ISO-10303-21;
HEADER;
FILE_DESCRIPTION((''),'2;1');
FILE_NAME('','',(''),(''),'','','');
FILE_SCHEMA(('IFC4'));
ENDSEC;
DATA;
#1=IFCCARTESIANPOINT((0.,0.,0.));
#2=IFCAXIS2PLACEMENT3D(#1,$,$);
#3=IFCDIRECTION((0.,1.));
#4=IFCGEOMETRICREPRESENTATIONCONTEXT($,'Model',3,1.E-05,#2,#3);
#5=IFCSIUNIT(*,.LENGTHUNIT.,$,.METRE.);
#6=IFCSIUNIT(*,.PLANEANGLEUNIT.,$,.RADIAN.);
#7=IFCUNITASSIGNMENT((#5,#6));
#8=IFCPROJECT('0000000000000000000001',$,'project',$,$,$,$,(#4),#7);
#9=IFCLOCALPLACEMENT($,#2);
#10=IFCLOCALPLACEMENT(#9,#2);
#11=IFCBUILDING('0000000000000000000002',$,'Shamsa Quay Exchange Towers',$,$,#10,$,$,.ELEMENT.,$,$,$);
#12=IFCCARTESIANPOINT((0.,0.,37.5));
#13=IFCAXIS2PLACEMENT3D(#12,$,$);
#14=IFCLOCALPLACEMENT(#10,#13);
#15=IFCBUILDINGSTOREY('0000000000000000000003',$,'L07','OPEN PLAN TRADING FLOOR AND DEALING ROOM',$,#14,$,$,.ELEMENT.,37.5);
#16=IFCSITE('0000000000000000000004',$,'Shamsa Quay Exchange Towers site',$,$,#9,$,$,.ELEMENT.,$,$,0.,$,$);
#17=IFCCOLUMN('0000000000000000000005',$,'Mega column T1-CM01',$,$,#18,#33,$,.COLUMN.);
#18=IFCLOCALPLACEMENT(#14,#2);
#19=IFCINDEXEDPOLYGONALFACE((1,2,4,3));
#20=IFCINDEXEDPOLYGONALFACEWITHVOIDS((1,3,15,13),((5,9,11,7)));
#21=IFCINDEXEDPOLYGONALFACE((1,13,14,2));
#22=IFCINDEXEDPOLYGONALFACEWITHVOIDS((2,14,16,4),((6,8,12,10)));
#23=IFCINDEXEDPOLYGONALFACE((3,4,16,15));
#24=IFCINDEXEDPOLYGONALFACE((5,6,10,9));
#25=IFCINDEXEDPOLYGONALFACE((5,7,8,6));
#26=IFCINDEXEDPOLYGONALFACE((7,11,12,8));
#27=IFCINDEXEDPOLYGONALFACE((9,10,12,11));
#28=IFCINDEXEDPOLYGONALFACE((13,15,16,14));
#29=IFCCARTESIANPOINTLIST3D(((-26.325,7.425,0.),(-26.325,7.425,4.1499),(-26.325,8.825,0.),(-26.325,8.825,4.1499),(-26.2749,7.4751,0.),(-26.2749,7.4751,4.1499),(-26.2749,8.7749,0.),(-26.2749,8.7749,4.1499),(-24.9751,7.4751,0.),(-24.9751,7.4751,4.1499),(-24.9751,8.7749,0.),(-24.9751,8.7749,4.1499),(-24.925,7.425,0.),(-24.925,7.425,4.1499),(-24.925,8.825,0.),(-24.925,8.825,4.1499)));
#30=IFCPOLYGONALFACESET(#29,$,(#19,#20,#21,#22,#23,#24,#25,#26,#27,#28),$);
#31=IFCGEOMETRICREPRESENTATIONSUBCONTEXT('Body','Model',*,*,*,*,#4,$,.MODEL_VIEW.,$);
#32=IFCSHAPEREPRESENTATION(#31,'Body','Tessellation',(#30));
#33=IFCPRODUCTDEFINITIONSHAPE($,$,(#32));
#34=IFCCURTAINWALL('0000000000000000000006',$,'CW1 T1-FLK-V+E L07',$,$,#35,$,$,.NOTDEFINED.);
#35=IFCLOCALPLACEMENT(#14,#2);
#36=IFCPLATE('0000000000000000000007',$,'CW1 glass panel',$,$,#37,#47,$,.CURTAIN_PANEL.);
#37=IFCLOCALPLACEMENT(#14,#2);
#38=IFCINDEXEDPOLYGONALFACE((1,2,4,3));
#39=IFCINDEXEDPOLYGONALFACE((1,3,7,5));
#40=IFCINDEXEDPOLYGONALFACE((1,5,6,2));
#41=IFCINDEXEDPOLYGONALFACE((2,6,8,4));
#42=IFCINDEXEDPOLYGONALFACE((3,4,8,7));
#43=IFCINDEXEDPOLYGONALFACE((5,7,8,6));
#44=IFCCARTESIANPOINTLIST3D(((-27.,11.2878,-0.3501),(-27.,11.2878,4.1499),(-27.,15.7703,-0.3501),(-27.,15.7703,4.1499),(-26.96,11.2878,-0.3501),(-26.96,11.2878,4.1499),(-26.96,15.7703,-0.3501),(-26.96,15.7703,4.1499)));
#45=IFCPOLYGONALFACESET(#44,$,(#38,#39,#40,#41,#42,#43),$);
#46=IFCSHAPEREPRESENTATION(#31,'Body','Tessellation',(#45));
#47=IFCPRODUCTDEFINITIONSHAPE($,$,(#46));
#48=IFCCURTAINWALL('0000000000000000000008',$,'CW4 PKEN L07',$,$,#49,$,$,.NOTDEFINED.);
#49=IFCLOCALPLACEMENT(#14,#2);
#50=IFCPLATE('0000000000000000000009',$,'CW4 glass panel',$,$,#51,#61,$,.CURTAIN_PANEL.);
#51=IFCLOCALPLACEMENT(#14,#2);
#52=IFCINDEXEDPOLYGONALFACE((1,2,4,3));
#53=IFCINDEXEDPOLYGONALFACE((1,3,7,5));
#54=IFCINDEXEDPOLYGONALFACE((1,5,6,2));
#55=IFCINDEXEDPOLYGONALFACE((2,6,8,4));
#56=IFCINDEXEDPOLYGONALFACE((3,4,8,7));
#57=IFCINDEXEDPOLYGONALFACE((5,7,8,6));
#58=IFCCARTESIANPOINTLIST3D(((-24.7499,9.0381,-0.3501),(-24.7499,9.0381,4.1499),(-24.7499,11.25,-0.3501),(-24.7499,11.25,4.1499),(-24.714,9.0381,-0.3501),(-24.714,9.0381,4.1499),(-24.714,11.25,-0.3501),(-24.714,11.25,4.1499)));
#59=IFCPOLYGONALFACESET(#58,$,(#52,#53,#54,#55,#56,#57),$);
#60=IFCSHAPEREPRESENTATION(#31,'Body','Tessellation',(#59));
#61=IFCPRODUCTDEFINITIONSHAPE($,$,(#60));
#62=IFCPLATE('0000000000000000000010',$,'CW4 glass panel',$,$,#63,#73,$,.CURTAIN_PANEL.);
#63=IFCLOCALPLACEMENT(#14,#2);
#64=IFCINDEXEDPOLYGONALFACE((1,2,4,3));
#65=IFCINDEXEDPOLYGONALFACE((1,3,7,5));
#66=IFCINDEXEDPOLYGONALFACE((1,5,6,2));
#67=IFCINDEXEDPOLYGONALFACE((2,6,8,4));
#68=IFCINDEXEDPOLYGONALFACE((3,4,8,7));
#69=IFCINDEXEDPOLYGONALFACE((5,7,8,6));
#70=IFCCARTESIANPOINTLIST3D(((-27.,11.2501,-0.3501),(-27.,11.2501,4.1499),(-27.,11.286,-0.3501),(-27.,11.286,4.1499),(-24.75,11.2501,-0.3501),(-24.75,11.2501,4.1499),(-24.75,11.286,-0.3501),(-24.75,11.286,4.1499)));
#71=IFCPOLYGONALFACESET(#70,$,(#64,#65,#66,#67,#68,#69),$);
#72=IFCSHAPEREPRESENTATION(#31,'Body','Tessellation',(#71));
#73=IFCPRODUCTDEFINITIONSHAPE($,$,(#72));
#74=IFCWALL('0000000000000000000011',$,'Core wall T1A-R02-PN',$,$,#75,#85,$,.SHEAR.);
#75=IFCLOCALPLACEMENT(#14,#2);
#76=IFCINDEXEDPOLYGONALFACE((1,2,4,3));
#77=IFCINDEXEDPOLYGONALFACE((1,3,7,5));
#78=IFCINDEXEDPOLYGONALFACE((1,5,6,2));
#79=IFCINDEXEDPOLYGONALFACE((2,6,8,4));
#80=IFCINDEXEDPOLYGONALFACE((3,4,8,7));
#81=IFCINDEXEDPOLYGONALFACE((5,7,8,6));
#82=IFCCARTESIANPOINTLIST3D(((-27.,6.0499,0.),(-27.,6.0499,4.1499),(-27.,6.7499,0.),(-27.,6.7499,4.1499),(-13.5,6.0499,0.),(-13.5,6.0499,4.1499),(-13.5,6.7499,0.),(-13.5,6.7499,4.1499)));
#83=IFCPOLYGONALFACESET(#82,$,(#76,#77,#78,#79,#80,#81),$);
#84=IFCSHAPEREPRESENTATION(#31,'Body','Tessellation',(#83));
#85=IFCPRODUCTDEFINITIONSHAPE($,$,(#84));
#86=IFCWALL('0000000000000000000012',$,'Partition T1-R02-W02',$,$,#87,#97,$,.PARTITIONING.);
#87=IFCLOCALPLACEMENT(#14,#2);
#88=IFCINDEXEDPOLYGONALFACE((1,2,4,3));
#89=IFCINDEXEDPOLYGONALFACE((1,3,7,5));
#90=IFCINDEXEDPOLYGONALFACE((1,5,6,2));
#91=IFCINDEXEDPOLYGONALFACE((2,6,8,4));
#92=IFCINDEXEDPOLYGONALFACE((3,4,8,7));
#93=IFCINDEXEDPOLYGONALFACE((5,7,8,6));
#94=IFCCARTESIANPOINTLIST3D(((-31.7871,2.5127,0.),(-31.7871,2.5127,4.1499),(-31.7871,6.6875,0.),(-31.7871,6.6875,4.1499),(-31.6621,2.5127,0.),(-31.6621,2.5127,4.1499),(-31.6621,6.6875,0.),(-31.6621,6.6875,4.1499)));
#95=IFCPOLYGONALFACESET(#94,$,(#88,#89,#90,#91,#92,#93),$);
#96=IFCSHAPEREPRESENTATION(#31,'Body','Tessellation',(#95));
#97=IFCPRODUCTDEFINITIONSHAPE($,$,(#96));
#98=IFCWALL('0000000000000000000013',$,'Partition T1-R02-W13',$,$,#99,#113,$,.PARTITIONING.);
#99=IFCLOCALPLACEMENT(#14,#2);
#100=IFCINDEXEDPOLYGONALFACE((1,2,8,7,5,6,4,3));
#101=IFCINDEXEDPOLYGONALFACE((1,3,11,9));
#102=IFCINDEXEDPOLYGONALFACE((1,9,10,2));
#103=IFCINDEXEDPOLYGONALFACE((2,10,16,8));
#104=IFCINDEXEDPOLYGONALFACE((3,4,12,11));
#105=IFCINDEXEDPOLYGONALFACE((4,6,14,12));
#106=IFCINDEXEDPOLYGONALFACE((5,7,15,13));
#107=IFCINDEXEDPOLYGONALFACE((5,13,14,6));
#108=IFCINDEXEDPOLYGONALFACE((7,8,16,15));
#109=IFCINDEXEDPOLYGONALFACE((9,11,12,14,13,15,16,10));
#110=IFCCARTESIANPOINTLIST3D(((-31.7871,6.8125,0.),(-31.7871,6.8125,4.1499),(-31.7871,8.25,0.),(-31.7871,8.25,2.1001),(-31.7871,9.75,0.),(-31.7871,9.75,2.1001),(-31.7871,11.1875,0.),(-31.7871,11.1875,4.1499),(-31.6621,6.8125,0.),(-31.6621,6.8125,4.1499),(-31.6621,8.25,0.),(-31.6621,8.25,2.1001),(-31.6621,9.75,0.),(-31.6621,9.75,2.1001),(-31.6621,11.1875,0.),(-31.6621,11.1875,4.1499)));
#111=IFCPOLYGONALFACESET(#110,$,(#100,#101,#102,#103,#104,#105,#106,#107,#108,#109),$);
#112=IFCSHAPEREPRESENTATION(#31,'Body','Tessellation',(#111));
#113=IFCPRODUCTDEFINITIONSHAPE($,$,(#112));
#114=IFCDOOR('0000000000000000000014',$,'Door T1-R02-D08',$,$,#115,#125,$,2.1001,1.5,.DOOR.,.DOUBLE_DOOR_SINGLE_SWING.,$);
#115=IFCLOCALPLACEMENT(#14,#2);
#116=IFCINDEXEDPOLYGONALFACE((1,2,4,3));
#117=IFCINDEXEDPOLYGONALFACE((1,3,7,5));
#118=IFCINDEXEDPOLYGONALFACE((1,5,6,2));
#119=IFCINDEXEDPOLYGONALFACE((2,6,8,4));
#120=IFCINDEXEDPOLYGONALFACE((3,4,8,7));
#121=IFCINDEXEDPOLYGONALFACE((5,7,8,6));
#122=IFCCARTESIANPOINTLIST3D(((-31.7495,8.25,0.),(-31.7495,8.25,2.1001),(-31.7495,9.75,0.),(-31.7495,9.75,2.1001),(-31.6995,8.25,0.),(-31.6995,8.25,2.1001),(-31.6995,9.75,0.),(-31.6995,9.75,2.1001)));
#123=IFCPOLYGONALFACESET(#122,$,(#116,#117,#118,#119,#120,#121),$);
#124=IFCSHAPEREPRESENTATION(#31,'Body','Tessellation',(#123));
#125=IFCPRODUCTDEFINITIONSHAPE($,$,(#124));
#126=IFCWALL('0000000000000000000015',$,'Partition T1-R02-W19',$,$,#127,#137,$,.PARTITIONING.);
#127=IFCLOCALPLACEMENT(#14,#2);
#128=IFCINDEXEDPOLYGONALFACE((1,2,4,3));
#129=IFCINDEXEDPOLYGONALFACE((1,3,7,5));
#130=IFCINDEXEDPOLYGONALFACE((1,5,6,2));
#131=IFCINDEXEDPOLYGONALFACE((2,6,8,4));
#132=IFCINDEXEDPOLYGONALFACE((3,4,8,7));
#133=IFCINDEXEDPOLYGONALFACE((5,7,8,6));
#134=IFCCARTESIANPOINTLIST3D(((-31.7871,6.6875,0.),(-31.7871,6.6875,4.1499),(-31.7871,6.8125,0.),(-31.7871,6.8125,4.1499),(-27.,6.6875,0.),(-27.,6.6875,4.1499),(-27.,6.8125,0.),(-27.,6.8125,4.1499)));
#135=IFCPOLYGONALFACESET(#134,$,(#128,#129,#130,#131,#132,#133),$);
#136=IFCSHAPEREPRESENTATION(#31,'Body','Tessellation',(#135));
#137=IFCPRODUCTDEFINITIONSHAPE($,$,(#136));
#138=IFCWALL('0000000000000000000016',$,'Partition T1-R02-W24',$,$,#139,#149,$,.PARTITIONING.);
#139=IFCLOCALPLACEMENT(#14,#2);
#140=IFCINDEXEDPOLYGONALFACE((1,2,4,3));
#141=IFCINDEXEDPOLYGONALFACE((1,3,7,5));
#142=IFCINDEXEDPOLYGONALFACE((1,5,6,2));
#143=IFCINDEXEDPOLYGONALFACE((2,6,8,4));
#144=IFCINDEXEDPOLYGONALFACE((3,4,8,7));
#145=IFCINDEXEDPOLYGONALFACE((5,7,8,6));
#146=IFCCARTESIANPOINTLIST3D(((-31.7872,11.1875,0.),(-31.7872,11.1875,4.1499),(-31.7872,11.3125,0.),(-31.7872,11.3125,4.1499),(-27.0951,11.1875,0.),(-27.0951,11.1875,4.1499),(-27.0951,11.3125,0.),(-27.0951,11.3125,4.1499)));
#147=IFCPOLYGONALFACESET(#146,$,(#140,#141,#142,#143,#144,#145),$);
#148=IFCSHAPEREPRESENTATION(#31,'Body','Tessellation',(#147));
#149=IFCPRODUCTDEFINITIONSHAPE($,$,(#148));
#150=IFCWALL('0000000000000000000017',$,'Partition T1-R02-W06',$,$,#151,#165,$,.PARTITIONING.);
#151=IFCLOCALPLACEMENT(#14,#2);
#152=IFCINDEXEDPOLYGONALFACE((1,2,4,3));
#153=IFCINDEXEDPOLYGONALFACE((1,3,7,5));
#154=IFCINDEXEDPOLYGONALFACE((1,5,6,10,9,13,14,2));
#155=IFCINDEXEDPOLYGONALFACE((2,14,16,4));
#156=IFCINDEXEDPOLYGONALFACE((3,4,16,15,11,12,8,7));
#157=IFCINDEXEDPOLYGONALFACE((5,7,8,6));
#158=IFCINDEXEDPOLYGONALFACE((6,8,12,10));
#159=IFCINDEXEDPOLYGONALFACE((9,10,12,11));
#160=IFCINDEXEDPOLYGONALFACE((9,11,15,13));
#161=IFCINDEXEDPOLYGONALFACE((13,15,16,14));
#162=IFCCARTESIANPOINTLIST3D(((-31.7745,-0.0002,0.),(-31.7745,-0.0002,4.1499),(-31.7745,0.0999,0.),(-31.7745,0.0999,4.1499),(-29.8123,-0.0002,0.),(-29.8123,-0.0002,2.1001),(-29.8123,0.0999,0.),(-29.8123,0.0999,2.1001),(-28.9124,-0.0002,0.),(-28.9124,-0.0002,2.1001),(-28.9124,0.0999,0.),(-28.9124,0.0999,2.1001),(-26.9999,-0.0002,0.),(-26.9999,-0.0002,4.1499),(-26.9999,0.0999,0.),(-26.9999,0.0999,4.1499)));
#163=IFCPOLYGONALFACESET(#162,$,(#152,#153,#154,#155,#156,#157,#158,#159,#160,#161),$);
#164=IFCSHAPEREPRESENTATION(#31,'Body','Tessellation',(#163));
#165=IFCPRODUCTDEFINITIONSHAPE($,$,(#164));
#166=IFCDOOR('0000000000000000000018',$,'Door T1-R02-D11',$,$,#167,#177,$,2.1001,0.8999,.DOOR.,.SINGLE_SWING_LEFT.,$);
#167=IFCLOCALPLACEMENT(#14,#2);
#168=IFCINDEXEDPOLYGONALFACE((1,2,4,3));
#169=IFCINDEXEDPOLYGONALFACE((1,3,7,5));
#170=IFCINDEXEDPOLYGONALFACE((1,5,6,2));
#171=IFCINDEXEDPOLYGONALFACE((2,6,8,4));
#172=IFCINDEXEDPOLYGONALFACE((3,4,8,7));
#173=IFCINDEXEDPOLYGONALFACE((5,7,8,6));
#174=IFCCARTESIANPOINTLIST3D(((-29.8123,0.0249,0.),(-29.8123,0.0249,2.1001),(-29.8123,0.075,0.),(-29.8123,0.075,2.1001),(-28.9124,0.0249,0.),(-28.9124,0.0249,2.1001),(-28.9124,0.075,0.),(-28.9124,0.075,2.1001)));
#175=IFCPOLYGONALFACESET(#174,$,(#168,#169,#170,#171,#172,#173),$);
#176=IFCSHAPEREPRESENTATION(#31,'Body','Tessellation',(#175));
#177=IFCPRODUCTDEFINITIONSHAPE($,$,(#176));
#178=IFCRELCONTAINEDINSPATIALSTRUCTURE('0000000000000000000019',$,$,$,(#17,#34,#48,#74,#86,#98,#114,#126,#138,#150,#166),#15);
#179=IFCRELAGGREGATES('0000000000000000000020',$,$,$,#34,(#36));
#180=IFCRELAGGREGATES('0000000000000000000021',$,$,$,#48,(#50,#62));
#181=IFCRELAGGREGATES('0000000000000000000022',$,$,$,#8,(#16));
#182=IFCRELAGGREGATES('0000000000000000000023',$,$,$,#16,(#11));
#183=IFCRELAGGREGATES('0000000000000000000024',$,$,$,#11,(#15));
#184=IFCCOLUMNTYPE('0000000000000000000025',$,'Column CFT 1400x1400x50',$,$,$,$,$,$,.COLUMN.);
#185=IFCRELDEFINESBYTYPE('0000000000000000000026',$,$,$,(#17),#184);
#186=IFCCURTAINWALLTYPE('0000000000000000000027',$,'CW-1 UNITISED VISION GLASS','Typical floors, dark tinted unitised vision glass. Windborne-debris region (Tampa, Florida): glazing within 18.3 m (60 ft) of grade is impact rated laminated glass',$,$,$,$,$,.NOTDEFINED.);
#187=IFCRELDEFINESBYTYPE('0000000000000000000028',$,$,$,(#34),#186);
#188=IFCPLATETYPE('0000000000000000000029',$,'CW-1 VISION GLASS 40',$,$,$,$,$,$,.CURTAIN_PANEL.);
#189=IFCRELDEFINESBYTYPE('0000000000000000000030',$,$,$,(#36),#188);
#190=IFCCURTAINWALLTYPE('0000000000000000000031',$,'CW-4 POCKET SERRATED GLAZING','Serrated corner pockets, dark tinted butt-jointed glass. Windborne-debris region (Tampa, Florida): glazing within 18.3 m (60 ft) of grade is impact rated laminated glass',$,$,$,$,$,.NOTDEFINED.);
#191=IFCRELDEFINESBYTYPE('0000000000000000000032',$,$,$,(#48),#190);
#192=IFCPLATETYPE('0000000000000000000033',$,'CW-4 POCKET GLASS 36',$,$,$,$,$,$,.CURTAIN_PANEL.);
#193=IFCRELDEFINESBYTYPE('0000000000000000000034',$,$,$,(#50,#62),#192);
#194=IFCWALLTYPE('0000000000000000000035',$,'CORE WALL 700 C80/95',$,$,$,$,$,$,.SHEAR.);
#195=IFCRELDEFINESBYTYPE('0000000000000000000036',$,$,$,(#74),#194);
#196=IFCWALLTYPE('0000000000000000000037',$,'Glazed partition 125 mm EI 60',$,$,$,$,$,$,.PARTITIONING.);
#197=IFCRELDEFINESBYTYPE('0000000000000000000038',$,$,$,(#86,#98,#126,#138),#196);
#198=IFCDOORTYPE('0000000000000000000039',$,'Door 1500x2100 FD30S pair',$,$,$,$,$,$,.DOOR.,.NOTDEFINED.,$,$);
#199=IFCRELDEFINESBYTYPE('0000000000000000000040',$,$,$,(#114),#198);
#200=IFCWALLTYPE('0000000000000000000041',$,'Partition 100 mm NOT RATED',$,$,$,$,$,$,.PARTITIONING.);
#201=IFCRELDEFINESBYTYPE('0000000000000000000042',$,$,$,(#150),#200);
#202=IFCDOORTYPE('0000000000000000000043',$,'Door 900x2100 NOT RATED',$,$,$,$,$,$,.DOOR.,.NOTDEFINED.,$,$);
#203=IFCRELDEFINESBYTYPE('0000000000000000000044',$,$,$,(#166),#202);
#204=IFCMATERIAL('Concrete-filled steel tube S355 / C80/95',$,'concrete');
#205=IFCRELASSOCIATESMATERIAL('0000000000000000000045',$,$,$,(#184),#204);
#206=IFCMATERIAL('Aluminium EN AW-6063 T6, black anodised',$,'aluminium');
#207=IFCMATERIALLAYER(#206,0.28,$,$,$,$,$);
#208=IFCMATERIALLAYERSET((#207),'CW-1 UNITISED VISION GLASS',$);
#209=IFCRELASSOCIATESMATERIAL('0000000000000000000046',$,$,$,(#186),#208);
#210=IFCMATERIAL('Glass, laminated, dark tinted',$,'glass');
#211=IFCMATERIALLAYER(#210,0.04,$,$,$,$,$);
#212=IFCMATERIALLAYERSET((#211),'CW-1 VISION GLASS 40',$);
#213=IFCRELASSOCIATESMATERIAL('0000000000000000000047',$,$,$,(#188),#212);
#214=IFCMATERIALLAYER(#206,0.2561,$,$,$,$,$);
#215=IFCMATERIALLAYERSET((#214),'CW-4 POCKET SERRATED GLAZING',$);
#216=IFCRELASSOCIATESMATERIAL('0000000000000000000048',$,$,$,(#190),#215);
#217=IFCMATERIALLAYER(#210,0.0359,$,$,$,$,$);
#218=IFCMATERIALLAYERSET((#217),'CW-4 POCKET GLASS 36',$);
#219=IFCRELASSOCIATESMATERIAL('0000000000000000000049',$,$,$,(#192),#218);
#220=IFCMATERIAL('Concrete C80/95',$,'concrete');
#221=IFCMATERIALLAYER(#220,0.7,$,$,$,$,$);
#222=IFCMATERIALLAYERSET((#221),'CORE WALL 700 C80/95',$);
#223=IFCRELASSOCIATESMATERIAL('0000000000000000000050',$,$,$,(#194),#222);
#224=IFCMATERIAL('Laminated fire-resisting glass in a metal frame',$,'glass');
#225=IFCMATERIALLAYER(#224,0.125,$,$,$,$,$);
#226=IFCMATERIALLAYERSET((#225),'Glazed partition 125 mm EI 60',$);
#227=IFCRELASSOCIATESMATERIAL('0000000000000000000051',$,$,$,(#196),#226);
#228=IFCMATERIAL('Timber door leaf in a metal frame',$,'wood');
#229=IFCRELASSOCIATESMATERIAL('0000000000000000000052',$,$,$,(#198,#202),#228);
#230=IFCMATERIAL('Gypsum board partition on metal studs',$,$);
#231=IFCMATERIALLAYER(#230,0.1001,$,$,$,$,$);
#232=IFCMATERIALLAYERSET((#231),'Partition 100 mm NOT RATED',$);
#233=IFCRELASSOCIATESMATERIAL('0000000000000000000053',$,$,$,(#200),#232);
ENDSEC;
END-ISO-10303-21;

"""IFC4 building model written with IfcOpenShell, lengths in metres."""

from ifc_helpers import new_model, si_unit, direction, frame, frame_2d, origin, origin_2d, place, context, subcontext, project, spatial, rectangle, hollow_rectangle, extrude, material, layer, layer_set, material_profile, profile_set, type_object, element, fill, aggregate, save


model = new_model("IFC4")

# Units and contexts
model_context = context("Model", 3, precision=1e-05, world=origin(), true_north=direction((0.0, 1.0)))
body_context = subcontext(model_context, "Body", "Model", "MODEL_VIEW")
ifc_project = project(units=[si_unit("LENGTHUNIT", "METRE"), si_unit("PLANEANGLEUNIT", "RADIAN")], contexts=[model_context])

# Site, building, storey
site_placement = place(None, origin())
site = spatial("IfcSite", under=ifc_project, at=site_placement, Name="Shamsa Quay Exchange Towers site", CompositionType="ELEMENT", RefElevation=0.0)
building_placement = place(site_placement, origin())
building = spatial("IfcBuilding", under=site, at=building_placement, Name="Shamsa Quay Exchange Towers", CompositionType="ELEMENT")
storey_placement = place(building_placement, frame((0.0, 0.0, 37.5)))
storey = spatial("IfcBuildingStorey", under=building, at=storey_placement, Name="L07", Description="OPEN PLAN TRADING FLOOR AND DEALING ROOM", CompositionType="ELEMENT", Elevation=37.5)

# Column
ifc_material_1 = material(Name="Concrete-filled steel tube S355 / C80/95", Category="concrete")
ifc_material_profile_1 = material_profile(ifc_material_1, hollow_rectangle(XDim=1.3999, YDim=1.3999, WallThickness=0.05, at=origin_2d()), Name="CFT 1400x1400x50")
ifc_profile_set_1 = profile_set([ifc_material_profile_1], Name="Concrete-filled steel tube S355 / C80/95")
column_type = type_object("IfcColumnType", Name="Column CFT 1400x1400x50", PredefinedType="COLUMN", material=ifc_profile_set_1)
column_placement = place(storey_placement, frame((-25.625, 8.125, 0.0)))
element("IfcColumn", 1, at=column_placement, inside=storey, type_object=column_type, Name="Mega column T1-CM01", PredefinedType="COLUMN", context=body_context, shape_type="SweptSolid", body=[
    extrude(hollow_rectangle(XDim=1.3999, YDim=1.3999, WallThickness=0.05, at=origin_2d()), origin(), (0.0, 0.0, 1.0), 4.1499),
])

# Curtain wall, plate
ifc_material_2 = material(Name="Aluminium EN AW-6063 T6, black anodised", Category="aluminium")
ifc_layer_1 = layer(ifc_material_2, 0.28)
ifc_layer_set_1 = layer_set([ifc_layer_1], Name="CW-1 UNITISED VISION GLASS")
curtain_wall_type_1 = type_object("IfcCurtainWallType", Name="CW-1 UNITISED VISION GLASS", Description="Typical floors, dark tinted unitised vision glass. Windborne-debris region (Tampa, Florida): glazing within 18.3 m (60 ft) of grade is impact rated laminated glass", PredefinedType="NOTDEFINED", material=ifc_layer_set_1)
curtain_wall_1_placement = place(storey_placement, origin())
curtain_wall_1 = element("IfcCurtainWall", 2, at=curtain_wall_1_placement, inside=storey, type_object=curtain_wall_type_1, Name="CW1 T1-FLK-V+E L07", PredefinedType="NOTDEFINED")
ifc_material_3 = material(Name="Glass, laminated, dark tinted", Category="glass")
ifc_layer_2 = layer(ifc_material_3, 0.04)
ifc_layer_set_2 = layer_set([ifc_layer_2], Name="CW-1 VISION GLASS 40")
plate_type_1 = type_object("IfcPlateType", Name="CW-1 VISION GLASS 40", PredefinedType="CURTAIN_PANEL", material=ifc_layer_set_2)
plate_1_placement = place(storey_placement, frame((-26.98, 13.5291, -0.3501), z_axis=(0.0, 0.0, 1.0), x_axis=(0.0, 1.0, 0.0)))
plate_1 = element("IfcPlate", 3, at=plate_1_placement, type_object=plate_type_1, Name="CW1 glass panel", PredefinedType="CURTAIN_PANEL", context=body_context, shape_type="SweptSolid", body=[
    extrude(rectangle(XDim=4.4824, YDim=0.04, at=origin_2d()), origin(), (0.0, 0.0, 1.0), 4.5),
])
aggregate(curtain_wall_1, [plate_1])

# Curtain wall, plates
ifc_layer_3 = layer(ifc_material_2, 0.2561)
ifc_layer_set_3 = layer_set([ifc_layer_3], Name="CW-4 POCKET SERRATED GLAZING")
curtain_wall_type_2 = type_object("IfcCurtainWallType", Name="CW-4 POCKET SERRATED GLAZING", Description="Serrated corner pockets, dark tinted butt-jointed glass. Windborne-debris region (Tampa, Florida): glazing within 18.3 m (60 ft) of grade is impact rated laminated glass", PredefinedType="NOTDEFINED", material=ifc_layer_set_3)
curtain_wall_2_placement = place(storey_placement, origin())
curtain_wall_2 = element("IfcCurtainWall", 4, at=curtain_wall_2_placement, inside=storey, type_object=curtain_wall_type_2, Name="CW4 PKEN L07", PredefinedType="NOTDEFINED")
ifc_layer_4 = layer(ifc_material_3, 0.0359)
ifc_layer_set_4 = layer_set([ifc_layer_4], Name="CW-4 POCKET GLASS 36")
plate_type_2 = type_object("IfcPlateType", Name="CW-4 POCKET GLASS 36", PredefinedType="CURTAIN_PANEL", material=ifc_layer_set_4)
plate_2_placement = place(storey_placement, frame((-24.7319, 10.144, -0.3501), z_axis=(0.0, 0.0, 1.0), x_axis=(0.0, 1.0, 0.0)))
plate_2 = element("IfcPlate", 5, at=plate_2_placement, type_object=plate_type_2, Name="CW4 glass panel", PredefinedType="CURTAIN_PANEL", context=body_context, shape_type="SweptSolid", body=[
    extrude(rectangle(XDim=2.2119, YDim=0.0359, at=origin_2d()), origin(), (0.0, 0.0, 1.0), 4.5),
])
plate_3_placement = place(storey_placement, frame((-25.875, 11.2681, -0.3501), z_axis=(0.0, 0.0, 1.0), x_axis=(-1.0, 0.0, 0.0)))
plate_3 = element("IfcPlate", 6, at=plate_3_placement, type_object=plate_type_2, Name="CW4 glass panel", PredefinedType="CURTAIN_PANEL", context=body_context, shape_type="SweptSolid", body=[
    extrude(rectangle(XDim=2.25, YDim=0.0359, at=origin_2d()), origin(), (0.0, 0.0, 1.0), 4.5),
])
aggregate(curtain_wall_2, [plate_2, plate_3])

# Wall
ifc_material_4 = material(Name="Concrete C80/95", Category="concrete")
ifc_layer_5 = layer(ifc_material_4, 0.7)
ifc_layer_set_5 = layer_set([ifc_layer_5], Name="CORE WALL 700 C80/95")
wall_type_1 = type_object("IfcWallType", Name="CORE WALL 700 C80/95", PredefinedType="SHEAR", material=ifc_layer_set_5)
wall_1_placement = place(storey_placement, frame((-27.0, 6.3999, 0.0)))
element("IfcWall", 7, at=wall_1_placement, inside=storey, type_object=wall_type_1, Name="Core wall T1A-R02-PN", PredefinedType="SHEAR", context=body_context, shape_type="SweptSolid", body=[
    extrude(rectangle(XDim=13.5, YDim=0.7, at=frame_2d((6.75, 0.0))), origin(), (0.0, 0.0, 1.0), 4.1499),
])

# Wall
ifc_material_5 = material(Name="Laminated fire-resisting glass in a metal frame", Category="glass")
ifc_layer_6 = layer(ifc_material_5, 0.125)
ifc_layer_set_6 = layer_set([ifc_layer_6], Name="Glazed partition 125 mm EI 60")
wall_type_2 = type_object("IfcWallType", Name="Glazed partition 125 mm EI 60", PredefinedType="PARTITIONING", material=ifc_layer_set_6)
wall_2_placement = place(storey_placement, frame((-31.7246, 6.6875, 0.0), z_axis=(0.0, 0.0, 1.0), x_axis=(0.0, -1.0, 0.0)))
element("IfcWall", 8, at=wall_2_placement, inside=storey, type_object=wall_type_2, Name="Partition T1-R02-W02", PredefinedType="PARTITIONING", context=body_context, shape_type="SweptSolid", body=[
    extrude(rectangle(XDim=4.1748, YDim=0.125, at=frame_2d((2.0874, 0.0))), origin(), (0.0, 0.0, 1.0), 4.1499),
])

# Wall, opening, door
wall_3_placement = place(storey_placement, frame((-31.7246, 6.8125, 0.0), z_axis=(0.0, 0.0, 1.0), x_axis=(0.0, 1.0, 0.0)))
wall_3 = element("IfcWall", 9, at=wall_3_placement, inside=storey, type_object=wall_type_2, Name="Partition T1-R02-W13", PredefinedType="PARTITIONING", context=body_context, shape_type="SweptSolid", body=[
    extrude(rectangle(XDim=4.375, YDim=0.125, at=frame_2d((2.1875, 0.0))), origin(), (0.0, 0.0, 1.0), 4.1499),
])
opening_1_placement = place(wall_3_placement, frame((1.4375, 0.0, 0.0)))
opening_1 = element("IfcOpeningElement", 10, at=opening_1_placement, cuts=wall_3, PredefinedType="OPENING", context=body_context, shape_type="SweptSolid", body=[
    extrude(rectangle(XDim=1.5, YDim=2.1001, at=frame_2d((0.75, 1.05))), frame((0.0, 0.0725, 0.0), z_axis=(0.0, -1.0, 0.0), x_axis=(1.0, 0.0, 0.0)), (0.0, 0.0, 1.0), 0.145),
])
ifc_material_6 = material(Name="Timber door leaf in a metal frame", Category="wood")
door_type_1 = type_object("IfcDoorType", Name="Door 1500x2100 FD30S pair", OperationType="NOTDEFINED", PredefinedType="DOOR", material=ifc_material_6)
door_1_placement = place(opening_1_placement, origin())
door_1 = element("IfcDoor", 11, at=door_1_placement, inside=storey, type_object=door_type_1, Name="Door T1-R02-D08", OperationType="DOUBLE_DOOR_SINGLE_SWING", OverallHeight=2.1001, OverallWidth=1.5, PredefinedType="DOOR", context=body_context, shape_type="SweptSolid", body=[
    extrude(rectangle(XDim=1.5, YDim=2.1001, at=frame_2d((0.75, 1.05))), frame((0.0, 0.0249, 0.0), z_axis=(0.0, -1.0, 0.0), x_axis=(1.0, 0.0, 0.0)), (0.0, 0.0, 1.0), 0.05),
])
fill(opening_1, door_1)

# Walls
wall_4_placement = place(storey_placement, frame((-27.0, 6.75, 0.0), z_axis=(0.0, 0.0, 1.0), x_axis=(-1.0, 0.0, 0.0)))
element("IfcWall", 12, at=wall_4_placement, inside=storey, type_object=wall_type_2, Name="Partition T1-R02-W19", PredefinedType="PARTITIONING", context=body_context, shape_type="SweptSolid", body=[
    extrude(rectangle(XDim=4.7871, YDim=0.125, at=frame_2d((2.3936, 0.0))), origin(), (0.0, 0.0, 1.0), 4.1499),
])
wall_5_placement = place(storey_placement, frame((-27.095, 11.25, 0.0), z_axis=(0.0, 0.0, 1.0), x_axis=(-1.0, 0.0, 0.0)))
element("IfcWall", 13, at=wall_5_placement, inside=storey, type_object=wall_type_2, Name="Partition T1-R02-W24", PredefinedType="PARTITIONING", context=body_context, shape_type="SweptSolid", body=[
    extrude(rectangle(XDim=4.6921, YDim=0.125, at=frame_2d((2.3462, 0.0))), origin(), (0.0, 0.0, 1.0), 4.1499),
])

# Wall, opening, door
ifc_material_7 = material(Name="Gypsum board partition on metal studs")
ifc_layer_7 = layer(ifc_material_7, 0.1001)
ifc_layer_set_7 = layer_set([ifc_layer_7], Name="Partition 100 mm NOT RATED")
wall_type_3 = type_object("IfcWallType", Name="Partition 100 mm NOT RATED", PredefinedType="PARTITIONING", material=ifc_layer_set_7)
wall_6_placement = place(storey_placement, frame((-27.0, 0.0498, 0.0), z_axis=(0.0, 0.0, 1.0), x_axis=(-1.0, 0.0, 0.0)))
wall_6 = element("IfcWall", 14, at=wall_6_placement, inside=storey, type_object=wall_type_3, Name="Partition T1-R02-W06", PredefinedType="PARTITIONING", context=body_context, shape_type="SweptSolid", body=[
    extrude(rectangle(XDim=4.7747, YDim=0.1001, at=frame_2d((2.3872, 0.0))), origin(), (0.0, 0.0, 1.0), 4.1499),
])
opening_2_placement = place(wall_6_placement, frame((1.9124, 0.0, 0.0)))
opening_2 = element("IfcOpeningElement", 15, at=opening_2_placement, cuts=wall_6, PredefinedType="OPENING", context=body_context, shape_type="SweptSolid", body=[
    extrude(rectangle(XDim=0.8999, YDim=2.1001, at=frame_2d((0.45, 1.05))), frame((0.0, 0.0601, 0.0), z_axis=(0.0, -1.0, 0.0), x_axis=(1.0, 0.0, 0.0)), (0.0, 0.0, 1.0), 0.1201),
])
door_type_2 = type_object("IfcDoorType", Name="Door 900x2100 NOT RATED", OperationType="NOTDEFINED", PredefinedType="DOOR", material=ifc_material_6)
door_2_placement = place(opening_2_placement, origin())
door_2 = element("IfcDoor", 16, at=door_2_placement, inside=storey, type_object=door_type_2, Name="Door T1-R02-D11", OperationType="SINGLE_SWING_LEFT", OverallHeight=2.1001, OverallWidth=0.8999, PredefinedType="DOOR", context=body_context, shape_type="SweptSolid", body=[
    extrude(rectangle(XDim=0.8999, YDim=2.1001, at=frame_2d((0.45, 1.05))), frame((0.0, 0.0249, 0.0), z_axis=(0.0, -1.0, 0.0), x_axis=(1.0, 0.0, 0.0)), (0.0, 0.0, 1.0), 0.05),
])
fill(opening_2, door_2)

save(model, "model.ifc")
